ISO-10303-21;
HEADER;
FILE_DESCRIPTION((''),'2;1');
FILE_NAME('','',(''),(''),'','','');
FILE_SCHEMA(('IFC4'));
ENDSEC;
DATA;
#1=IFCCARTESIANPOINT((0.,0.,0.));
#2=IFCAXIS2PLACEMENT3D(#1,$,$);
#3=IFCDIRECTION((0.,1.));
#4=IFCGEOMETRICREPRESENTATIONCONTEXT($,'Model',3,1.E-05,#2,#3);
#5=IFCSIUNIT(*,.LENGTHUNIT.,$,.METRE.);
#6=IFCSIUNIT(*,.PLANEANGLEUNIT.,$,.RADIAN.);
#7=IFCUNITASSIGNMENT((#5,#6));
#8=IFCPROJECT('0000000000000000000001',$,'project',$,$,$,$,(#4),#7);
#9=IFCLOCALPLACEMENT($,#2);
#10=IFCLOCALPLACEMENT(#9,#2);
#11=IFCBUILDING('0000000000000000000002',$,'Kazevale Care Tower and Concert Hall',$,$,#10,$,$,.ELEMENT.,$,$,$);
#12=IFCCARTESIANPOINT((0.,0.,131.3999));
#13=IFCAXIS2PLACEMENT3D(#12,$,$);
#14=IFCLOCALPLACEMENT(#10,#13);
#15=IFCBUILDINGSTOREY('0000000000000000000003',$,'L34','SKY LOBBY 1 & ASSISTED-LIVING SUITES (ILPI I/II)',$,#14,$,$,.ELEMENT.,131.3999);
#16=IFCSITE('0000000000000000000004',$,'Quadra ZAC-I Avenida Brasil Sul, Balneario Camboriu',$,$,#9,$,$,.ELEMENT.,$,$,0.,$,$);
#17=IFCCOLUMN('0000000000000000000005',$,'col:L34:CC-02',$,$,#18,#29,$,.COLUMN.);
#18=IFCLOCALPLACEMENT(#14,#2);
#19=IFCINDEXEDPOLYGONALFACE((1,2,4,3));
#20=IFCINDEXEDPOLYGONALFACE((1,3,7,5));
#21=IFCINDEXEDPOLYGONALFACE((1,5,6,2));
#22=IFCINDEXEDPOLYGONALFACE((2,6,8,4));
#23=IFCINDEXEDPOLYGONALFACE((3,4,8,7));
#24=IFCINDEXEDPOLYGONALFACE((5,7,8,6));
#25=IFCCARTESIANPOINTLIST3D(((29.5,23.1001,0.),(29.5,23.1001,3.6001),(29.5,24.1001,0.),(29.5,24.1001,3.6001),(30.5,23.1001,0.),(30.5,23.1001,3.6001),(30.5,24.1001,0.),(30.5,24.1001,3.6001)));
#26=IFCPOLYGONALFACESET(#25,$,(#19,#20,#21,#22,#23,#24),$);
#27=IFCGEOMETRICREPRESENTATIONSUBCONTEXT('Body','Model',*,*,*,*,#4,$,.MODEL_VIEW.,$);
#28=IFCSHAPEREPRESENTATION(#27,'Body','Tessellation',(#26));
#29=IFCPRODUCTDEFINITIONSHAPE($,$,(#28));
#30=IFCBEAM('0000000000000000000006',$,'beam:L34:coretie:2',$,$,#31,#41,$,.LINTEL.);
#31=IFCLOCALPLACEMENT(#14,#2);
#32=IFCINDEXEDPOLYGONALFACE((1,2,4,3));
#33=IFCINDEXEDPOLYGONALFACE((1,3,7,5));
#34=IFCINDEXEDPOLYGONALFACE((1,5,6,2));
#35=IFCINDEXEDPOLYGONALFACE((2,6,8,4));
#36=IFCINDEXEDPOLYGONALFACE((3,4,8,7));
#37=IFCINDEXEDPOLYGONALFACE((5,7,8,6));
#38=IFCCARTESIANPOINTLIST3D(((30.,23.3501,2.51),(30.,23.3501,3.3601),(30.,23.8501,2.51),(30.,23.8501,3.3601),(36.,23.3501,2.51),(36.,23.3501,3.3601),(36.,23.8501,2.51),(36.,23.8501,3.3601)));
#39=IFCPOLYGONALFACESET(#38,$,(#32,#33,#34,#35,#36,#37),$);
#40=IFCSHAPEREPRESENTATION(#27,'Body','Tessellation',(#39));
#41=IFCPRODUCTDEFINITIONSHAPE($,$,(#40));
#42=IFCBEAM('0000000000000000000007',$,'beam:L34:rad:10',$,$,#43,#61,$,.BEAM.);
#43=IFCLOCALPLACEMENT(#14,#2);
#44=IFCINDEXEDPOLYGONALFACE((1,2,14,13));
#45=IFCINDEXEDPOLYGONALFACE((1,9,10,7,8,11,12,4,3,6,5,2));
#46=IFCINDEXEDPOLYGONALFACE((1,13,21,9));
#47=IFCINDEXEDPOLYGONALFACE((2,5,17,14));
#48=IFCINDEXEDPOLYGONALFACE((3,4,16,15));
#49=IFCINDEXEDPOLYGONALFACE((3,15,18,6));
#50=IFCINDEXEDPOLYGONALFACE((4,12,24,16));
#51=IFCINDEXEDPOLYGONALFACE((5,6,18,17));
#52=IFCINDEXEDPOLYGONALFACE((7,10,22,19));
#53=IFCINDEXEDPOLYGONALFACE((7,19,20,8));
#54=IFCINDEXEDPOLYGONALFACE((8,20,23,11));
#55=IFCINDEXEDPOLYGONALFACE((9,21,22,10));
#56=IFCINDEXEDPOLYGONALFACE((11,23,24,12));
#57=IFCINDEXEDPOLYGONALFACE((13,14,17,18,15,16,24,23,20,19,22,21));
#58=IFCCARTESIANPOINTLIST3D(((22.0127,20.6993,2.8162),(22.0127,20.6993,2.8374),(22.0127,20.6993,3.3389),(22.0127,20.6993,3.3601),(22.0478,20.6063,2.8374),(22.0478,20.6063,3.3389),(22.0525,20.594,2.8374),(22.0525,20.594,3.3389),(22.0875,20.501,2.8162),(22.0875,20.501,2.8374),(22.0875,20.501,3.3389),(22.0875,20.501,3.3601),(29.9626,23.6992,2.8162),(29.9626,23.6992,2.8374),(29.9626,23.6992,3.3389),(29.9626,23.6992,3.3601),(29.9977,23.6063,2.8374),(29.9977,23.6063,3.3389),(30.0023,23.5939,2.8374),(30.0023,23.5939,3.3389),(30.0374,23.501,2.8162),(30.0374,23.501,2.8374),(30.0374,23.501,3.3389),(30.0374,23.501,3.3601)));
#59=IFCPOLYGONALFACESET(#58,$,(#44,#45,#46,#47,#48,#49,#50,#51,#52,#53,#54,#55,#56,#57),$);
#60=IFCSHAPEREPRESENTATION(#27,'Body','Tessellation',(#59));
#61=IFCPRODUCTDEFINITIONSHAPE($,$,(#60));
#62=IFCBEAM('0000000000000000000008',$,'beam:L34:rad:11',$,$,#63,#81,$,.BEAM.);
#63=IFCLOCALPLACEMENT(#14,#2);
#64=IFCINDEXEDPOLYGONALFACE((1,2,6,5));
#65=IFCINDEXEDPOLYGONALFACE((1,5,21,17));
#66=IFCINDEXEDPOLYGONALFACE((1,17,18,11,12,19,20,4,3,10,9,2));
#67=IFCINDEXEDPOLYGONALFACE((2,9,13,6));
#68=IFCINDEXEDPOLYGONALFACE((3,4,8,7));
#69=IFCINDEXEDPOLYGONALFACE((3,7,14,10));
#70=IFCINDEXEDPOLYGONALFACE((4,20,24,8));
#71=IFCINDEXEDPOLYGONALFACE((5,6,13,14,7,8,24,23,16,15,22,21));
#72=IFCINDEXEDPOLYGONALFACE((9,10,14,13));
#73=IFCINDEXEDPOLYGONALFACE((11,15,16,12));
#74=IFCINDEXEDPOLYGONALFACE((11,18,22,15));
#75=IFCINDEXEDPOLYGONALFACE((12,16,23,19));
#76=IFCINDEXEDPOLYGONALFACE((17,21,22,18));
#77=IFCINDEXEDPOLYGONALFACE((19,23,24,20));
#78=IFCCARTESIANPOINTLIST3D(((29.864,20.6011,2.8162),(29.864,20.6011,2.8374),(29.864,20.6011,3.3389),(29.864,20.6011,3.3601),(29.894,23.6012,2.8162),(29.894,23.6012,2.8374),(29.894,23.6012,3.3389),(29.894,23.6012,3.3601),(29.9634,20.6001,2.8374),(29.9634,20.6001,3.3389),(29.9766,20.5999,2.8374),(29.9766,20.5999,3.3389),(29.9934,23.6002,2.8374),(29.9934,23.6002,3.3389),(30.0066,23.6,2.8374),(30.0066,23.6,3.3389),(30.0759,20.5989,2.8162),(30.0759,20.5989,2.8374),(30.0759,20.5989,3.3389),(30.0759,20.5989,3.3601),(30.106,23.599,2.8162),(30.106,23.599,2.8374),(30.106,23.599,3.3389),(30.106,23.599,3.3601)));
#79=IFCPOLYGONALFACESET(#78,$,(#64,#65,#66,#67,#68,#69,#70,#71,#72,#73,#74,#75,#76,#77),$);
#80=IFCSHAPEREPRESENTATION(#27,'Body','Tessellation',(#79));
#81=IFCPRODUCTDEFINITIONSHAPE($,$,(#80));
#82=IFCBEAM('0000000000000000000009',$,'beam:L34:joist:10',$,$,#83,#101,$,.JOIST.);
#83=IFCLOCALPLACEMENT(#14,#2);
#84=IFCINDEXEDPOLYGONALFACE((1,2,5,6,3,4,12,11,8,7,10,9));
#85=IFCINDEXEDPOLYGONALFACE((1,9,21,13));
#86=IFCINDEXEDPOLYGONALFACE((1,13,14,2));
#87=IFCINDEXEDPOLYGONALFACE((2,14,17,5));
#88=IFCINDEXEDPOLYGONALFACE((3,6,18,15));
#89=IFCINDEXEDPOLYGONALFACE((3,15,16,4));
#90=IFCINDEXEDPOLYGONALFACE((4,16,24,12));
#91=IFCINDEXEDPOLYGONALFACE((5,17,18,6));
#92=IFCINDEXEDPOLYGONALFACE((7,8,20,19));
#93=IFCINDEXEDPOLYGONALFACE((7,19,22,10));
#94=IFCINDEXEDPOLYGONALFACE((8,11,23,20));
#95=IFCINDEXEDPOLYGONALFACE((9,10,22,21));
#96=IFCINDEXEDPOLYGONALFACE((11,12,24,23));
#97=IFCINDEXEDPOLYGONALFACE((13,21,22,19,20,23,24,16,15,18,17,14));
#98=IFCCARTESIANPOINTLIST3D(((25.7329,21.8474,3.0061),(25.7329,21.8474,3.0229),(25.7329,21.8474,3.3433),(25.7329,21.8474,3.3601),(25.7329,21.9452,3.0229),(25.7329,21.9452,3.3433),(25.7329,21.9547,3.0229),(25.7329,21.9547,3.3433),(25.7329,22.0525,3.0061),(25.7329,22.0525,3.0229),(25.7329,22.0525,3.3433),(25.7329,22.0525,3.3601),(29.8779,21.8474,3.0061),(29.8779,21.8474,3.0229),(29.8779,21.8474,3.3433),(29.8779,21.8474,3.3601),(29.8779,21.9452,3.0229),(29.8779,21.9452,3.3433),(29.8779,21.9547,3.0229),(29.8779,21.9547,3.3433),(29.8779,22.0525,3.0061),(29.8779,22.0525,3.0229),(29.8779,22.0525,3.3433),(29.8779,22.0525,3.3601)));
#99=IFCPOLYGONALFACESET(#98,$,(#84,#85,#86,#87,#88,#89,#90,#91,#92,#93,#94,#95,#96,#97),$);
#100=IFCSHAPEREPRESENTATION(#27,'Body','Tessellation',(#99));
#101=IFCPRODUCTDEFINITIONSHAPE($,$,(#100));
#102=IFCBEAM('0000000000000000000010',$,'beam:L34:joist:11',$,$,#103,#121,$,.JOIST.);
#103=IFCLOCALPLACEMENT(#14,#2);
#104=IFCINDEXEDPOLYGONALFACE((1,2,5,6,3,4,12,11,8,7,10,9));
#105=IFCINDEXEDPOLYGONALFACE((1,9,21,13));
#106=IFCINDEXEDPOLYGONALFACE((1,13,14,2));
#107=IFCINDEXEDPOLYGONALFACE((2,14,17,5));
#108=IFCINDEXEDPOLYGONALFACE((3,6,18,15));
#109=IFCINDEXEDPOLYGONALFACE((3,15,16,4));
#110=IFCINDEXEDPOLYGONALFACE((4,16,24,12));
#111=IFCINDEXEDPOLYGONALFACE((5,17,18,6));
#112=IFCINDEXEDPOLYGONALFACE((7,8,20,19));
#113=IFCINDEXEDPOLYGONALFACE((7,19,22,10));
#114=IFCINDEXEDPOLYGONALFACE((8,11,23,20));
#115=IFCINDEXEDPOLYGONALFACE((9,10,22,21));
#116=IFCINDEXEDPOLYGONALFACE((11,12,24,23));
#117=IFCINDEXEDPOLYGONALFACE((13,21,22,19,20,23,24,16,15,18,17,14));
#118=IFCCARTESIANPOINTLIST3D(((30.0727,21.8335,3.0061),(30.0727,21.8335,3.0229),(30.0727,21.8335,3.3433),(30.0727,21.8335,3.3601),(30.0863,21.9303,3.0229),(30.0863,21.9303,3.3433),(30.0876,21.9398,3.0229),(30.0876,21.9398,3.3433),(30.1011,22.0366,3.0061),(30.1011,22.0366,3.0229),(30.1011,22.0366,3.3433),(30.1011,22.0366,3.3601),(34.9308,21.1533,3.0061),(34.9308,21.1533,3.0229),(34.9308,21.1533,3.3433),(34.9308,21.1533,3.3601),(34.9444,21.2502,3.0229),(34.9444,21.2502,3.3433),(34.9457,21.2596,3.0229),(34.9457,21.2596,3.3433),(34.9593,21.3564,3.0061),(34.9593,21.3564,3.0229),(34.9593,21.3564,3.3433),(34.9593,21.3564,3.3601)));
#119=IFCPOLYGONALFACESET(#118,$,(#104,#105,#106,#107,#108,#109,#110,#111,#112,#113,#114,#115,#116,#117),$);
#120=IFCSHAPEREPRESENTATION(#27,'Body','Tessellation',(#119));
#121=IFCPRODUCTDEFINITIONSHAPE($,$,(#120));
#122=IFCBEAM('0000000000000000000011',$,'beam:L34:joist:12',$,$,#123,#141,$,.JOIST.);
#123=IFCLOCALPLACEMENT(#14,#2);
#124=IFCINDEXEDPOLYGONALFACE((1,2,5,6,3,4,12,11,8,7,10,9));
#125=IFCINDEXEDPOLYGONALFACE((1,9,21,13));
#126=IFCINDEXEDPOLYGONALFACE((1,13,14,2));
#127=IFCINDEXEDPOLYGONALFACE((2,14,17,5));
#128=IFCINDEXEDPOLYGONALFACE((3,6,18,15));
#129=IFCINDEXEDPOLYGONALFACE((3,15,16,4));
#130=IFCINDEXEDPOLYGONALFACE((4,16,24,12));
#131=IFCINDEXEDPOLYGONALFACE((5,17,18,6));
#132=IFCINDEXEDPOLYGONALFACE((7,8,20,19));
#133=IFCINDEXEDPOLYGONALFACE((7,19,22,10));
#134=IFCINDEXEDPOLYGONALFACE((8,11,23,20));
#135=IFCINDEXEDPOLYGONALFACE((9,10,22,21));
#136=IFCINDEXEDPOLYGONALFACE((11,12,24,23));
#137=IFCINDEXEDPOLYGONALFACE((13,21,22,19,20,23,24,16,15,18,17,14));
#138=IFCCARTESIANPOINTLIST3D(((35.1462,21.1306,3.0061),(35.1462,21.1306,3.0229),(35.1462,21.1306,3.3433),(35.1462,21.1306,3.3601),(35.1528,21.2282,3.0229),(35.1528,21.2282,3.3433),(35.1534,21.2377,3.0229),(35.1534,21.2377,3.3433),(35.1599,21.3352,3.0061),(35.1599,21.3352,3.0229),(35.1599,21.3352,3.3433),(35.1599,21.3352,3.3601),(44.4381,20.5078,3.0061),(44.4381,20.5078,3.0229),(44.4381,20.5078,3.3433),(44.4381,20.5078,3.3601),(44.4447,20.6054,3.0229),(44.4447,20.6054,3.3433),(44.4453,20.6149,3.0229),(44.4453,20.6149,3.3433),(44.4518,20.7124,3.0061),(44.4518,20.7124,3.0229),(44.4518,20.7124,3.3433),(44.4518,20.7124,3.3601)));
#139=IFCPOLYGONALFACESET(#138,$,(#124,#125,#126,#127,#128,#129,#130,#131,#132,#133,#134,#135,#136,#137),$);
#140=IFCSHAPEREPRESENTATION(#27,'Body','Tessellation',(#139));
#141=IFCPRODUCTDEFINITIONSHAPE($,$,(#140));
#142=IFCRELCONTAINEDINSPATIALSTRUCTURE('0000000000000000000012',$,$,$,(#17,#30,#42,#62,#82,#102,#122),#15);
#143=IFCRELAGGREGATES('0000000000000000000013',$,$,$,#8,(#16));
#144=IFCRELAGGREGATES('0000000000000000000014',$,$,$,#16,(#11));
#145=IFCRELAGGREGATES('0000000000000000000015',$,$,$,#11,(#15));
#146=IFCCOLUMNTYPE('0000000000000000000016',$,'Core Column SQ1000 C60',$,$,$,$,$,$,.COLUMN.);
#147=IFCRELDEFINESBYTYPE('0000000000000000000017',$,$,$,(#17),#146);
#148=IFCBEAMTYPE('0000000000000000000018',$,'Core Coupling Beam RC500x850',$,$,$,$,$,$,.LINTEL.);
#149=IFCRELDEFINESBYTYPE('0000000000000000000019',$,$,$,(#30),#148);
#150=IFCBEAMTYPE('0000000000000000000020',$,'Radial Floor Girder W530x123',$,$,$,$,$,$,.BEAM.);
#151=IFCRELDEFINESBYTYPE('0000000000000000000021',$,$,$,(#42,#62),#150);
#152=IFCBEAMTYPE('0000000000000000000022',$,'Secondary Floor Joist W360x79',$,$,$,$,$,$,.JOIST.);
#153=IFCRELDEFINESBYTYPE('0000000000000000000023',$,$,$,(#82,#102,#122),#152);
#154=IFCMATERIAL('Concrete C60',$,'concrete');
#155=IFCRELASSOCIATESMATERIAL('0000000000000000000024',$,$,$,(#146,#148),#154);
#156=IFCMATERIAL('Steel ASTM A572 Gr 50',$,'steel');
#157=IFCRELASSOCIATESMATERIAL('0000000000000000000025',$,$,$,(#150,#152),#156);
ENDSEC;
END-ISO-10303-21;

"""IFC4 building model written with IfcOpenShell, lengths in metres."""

from ifc_helpers import new_model, si_unit, direction, frame, origin, origin_2d, place, context, subcontext, project, spatial, rectangle, i_section, extrude, material, material_profile, profile_set, type_object, element, save


model = new_model("IFC4")

# Units and contexts
model_context = context("Model", 3, precision=1e-05, world=origin(), true_north=direction((0.0, 1.0)))
body_context = subcontext(model_context, "Body", "Model", "MODEL_VIEW")
ifc_project = project(units=[si_unit("LENGTHUNIT", "METRE"), si_unit("PLANEANGLEUNIT", "RADIAN")], contexts=[model_context])

# Site, building, storey
site_placement = place(None, origin())
site = spatial("IfcSite", under=ifc_project, at=site_placement, Name="Quadra ZAC-I Avenida Brasil Sul, Balneario Camboriu", CompositionType="ELEMENT", RefElevation=0.0)
building_placement = place(site_placement, origin())
building = spatial("IfcBuilding", under=site, at=building_placement, Name="Kazevale Care Tower and Concert Hall", CompositionType="ELEMENT")
storey_placement = place(building_placement, frame((0.0, 0.0, 131.3999)))
storey = spatial("IfcBuildingStorey", under=building, at=storey_placement, Name="L34", Description="SKY LOBBY 1 & ASSISTED-LIVING SUITES (ILPI I/II)", CompositionType="ELEMENT", Elevation=131.3999)

# Column
ifc_material_1 = material(Name="Concrete C60", Category="concrete")
ifc_material_profile_1 = material_profile(ifc_material_1, rectangle(XDim=1.0, YDim=1.0, at=origin_2d()), Name="RC-SQ1000")
ifc_profile_set_1 = profile_set([ifc_material_profile_1], Name="Concrete C60")
column_type = type_object("IfcColumnType", Name="Core Column SQ1000 C60", PredefinedType="COLUMN", material=ifc_profile_set_1)
column_placement = place(storey_placement, frame((30.0, 23.6001, 0.0), z_axis=(0.0, 0.0, 1.0), x_axis=(1.0, 0.0, 0.0)))
element("IfcColumn", 1, at=column_placement, inside=storey, type_object=column_type, Name="col:L34:CC-02", PredefinedType="COLUMN", context=body_context, shape_type="SweptSolid", body=[
    extrude(rectangle(XDim=1.0, YDim=1.0, at=origin_2d()), origin(), (0.0, 0.0, 1.0), 3.6001),
])

# Beams
ifc_material_profile_2 = material_profile(ifc_material_1, rectangle(XDim=0.5, YDim=0.8501, at=origin_2d()), Name="RC-B500x850")
ifc_profile_set_2 = profile_set([ifc_material_profile_2], Name="Concrete C60")
beam_type_1 = type_object("IfcBeamType", Name="Core Coupling Beam RC500x850", PredefinedType="LINTEL", material=ifc_profile_set_2)
beam_1_placement = place(storey_placement, frame((30.0, 23.6001, 2.9351), z_axis=(1.0, 0.0, 0.0), x_axis=(0.0, 1.0, 0.0)))
element("IfcBeam", 2, at=beam_1_placement, inside=storey, type_object=beam_type_1, Name="beam:L34:coretie:2", PredefinedType="LINTEL", context=body_context, shape_type="SweptSolid", body=[
    extrude(rectangle(XDim=0.5, YDim=0.8501, at=origin_2d()), origin(), (0.0, 0.0, 1.0), 6.0),
])
ifc_material_2 = material(Name="Steel ASTM A572 Gr 50", Category="steel")
ifc_material_profile_3 = material_profile(ifc_material_2, i_section(OverallWidth=0.2119, OverallDepth=0.5439, WebThickness=0.0132, FlangeThickness=0.0212, at=origin_2d()), Name="W530x123")
ifc_profile_set_3 = profile_set([ifc_material_profile_3], Name="Steel ASTM A572 Gr 50")
beam_type_2 = type_object("IfcBeamType", Name="Radial Floor Girder W530x123", PredefinedType="BEAM", material=ifc_profile_set_3)
beam_2_placement = place(storey_placement, frame((30.0, 23.6001, 3.0881), z_axis=(-0.935601, -0.353059, 0.0), x_axis=(0.353059, -0.935601, 0.0)))
element("IfcBeam", 3, at=beam_2_placement, inside=storey, type_object=beam_type_2, Name="beam:L34:rad:10", PredefinedType="BEAM", context=body_context, shape_type="SweptSolid", body=[
    extrude(i_section(OverallWidth=0.2119, OverallDepth=0.5439, WebThickness=0.0132, FlangeThickness=0.0212, at=origin_2d()), origin(), (0.0, 0.0, 1.0), 8.4971),
])
beam_3_placement = place(storey_placement, frame((30.0, 23.6001, 3.0881), z_axis=(-0.010009, -0.99995, 0.0), x_axis=(0.99995, -0.010009, 0.0)))
element("IfcBeam", 4, at=beam_3_placement, inside=storey, type_object=beam_type_2, Name="beam:L34:rad:11", PredefinedType="BEAM", context=body_context, shape_type="SweptSolid", body=[
    extrude(i_section(OverallWidth=0.2119, OverallDepth=0.5439, WebThickness=0.0132, FlangeThickness=0.0212, at=origin_2d()), origin(), (0.0, 0.0, 1.0), 3.0002),
])
ifc_material_profile_4 = material_profile(ifc_material_2, i_section(OverallWidth=0.2051, OverallDepth=0.354, WebThickness=0.0095, FlangeThickness=0.0168, at=origin_2d()), Name="W360x79")
ifc_profile_set_4 = profile_set([ifc_material_profile_4], Name="Steel ASTM A572 Gr 50")
beam_type_3 = type_object("IfcBeamType", Name="Secondary Floor Joist W360x79", PredefinedType="JOIST", material=ifc_profile_set_4)
beam_4_placement = place(storey_placement, frame((25.7329, 21.95, 3.1831), z_axis=(1.0, 0.0, 0.0), x_axis=(0.0, 1.0, 0.0)))
element("IfcBeam", 5, at=beam_4_placement, inside=storey, type_object=beam_type_3, Name="beam:L34:joist:10", PredefinedType="JOIST", context=body_context, shape_type="SweptSolid", body=[
    extrude(i_section(OverallWidth=0.2051, OverallDepth=0.354, WebThickness=0.0095, FlangeThickness=0.0168, at=origin_2d()), origin(), (0.0, 0.0, 1.0), 4.145),
])
beam_5_placement = place(storey_placement, frame((30.0869, 21.9351, 3.1831), z_axis=(0.990341, -0.138655, 0.0), x_axis=(0.138655, 0.990341, 0.0)))
element("IfcBeam", 6, at=beam_5_placement, inside=storey, type_object=beam_type_3, Name="beam:L34:joist:11", PredefinedType="JOIST", context=body_context, shape_type="SweptSolid", body=[
    extrude(i_section(OverallWidth=0.2051, OverallDepth=0.354, WebThickness=0.0095, FlangeThickness=0.0168, at=origin_2d()), origin(), (0.0, 0.0, 1.0), 4.9055),
])
beam_6_placement = place(storey_placement, frame((35.1531, 21.2329, 3.1831), z_axis=(0.997761, -0.066876, 0.0), x_axis=(0.066876, 0.997761, 0.0)))
element("IfcBeam", 7, at=beam_6_placement, inside=storey, type_object=beam_type_3, Name="beam:L34:joist:12", PredefinedType="JOIST", context=body_context, shape_type="SweptSolid", body=[
    extrude(i_section(OverallWidth=0.2051, OverallDepth=0.354, WebThickness=0.0095, FlangeThickness=0.0168, at=origin_2d()), origin(), (0.0, 0.0, 1.0), 9.3127),
])

save(model, "model.ifc")
